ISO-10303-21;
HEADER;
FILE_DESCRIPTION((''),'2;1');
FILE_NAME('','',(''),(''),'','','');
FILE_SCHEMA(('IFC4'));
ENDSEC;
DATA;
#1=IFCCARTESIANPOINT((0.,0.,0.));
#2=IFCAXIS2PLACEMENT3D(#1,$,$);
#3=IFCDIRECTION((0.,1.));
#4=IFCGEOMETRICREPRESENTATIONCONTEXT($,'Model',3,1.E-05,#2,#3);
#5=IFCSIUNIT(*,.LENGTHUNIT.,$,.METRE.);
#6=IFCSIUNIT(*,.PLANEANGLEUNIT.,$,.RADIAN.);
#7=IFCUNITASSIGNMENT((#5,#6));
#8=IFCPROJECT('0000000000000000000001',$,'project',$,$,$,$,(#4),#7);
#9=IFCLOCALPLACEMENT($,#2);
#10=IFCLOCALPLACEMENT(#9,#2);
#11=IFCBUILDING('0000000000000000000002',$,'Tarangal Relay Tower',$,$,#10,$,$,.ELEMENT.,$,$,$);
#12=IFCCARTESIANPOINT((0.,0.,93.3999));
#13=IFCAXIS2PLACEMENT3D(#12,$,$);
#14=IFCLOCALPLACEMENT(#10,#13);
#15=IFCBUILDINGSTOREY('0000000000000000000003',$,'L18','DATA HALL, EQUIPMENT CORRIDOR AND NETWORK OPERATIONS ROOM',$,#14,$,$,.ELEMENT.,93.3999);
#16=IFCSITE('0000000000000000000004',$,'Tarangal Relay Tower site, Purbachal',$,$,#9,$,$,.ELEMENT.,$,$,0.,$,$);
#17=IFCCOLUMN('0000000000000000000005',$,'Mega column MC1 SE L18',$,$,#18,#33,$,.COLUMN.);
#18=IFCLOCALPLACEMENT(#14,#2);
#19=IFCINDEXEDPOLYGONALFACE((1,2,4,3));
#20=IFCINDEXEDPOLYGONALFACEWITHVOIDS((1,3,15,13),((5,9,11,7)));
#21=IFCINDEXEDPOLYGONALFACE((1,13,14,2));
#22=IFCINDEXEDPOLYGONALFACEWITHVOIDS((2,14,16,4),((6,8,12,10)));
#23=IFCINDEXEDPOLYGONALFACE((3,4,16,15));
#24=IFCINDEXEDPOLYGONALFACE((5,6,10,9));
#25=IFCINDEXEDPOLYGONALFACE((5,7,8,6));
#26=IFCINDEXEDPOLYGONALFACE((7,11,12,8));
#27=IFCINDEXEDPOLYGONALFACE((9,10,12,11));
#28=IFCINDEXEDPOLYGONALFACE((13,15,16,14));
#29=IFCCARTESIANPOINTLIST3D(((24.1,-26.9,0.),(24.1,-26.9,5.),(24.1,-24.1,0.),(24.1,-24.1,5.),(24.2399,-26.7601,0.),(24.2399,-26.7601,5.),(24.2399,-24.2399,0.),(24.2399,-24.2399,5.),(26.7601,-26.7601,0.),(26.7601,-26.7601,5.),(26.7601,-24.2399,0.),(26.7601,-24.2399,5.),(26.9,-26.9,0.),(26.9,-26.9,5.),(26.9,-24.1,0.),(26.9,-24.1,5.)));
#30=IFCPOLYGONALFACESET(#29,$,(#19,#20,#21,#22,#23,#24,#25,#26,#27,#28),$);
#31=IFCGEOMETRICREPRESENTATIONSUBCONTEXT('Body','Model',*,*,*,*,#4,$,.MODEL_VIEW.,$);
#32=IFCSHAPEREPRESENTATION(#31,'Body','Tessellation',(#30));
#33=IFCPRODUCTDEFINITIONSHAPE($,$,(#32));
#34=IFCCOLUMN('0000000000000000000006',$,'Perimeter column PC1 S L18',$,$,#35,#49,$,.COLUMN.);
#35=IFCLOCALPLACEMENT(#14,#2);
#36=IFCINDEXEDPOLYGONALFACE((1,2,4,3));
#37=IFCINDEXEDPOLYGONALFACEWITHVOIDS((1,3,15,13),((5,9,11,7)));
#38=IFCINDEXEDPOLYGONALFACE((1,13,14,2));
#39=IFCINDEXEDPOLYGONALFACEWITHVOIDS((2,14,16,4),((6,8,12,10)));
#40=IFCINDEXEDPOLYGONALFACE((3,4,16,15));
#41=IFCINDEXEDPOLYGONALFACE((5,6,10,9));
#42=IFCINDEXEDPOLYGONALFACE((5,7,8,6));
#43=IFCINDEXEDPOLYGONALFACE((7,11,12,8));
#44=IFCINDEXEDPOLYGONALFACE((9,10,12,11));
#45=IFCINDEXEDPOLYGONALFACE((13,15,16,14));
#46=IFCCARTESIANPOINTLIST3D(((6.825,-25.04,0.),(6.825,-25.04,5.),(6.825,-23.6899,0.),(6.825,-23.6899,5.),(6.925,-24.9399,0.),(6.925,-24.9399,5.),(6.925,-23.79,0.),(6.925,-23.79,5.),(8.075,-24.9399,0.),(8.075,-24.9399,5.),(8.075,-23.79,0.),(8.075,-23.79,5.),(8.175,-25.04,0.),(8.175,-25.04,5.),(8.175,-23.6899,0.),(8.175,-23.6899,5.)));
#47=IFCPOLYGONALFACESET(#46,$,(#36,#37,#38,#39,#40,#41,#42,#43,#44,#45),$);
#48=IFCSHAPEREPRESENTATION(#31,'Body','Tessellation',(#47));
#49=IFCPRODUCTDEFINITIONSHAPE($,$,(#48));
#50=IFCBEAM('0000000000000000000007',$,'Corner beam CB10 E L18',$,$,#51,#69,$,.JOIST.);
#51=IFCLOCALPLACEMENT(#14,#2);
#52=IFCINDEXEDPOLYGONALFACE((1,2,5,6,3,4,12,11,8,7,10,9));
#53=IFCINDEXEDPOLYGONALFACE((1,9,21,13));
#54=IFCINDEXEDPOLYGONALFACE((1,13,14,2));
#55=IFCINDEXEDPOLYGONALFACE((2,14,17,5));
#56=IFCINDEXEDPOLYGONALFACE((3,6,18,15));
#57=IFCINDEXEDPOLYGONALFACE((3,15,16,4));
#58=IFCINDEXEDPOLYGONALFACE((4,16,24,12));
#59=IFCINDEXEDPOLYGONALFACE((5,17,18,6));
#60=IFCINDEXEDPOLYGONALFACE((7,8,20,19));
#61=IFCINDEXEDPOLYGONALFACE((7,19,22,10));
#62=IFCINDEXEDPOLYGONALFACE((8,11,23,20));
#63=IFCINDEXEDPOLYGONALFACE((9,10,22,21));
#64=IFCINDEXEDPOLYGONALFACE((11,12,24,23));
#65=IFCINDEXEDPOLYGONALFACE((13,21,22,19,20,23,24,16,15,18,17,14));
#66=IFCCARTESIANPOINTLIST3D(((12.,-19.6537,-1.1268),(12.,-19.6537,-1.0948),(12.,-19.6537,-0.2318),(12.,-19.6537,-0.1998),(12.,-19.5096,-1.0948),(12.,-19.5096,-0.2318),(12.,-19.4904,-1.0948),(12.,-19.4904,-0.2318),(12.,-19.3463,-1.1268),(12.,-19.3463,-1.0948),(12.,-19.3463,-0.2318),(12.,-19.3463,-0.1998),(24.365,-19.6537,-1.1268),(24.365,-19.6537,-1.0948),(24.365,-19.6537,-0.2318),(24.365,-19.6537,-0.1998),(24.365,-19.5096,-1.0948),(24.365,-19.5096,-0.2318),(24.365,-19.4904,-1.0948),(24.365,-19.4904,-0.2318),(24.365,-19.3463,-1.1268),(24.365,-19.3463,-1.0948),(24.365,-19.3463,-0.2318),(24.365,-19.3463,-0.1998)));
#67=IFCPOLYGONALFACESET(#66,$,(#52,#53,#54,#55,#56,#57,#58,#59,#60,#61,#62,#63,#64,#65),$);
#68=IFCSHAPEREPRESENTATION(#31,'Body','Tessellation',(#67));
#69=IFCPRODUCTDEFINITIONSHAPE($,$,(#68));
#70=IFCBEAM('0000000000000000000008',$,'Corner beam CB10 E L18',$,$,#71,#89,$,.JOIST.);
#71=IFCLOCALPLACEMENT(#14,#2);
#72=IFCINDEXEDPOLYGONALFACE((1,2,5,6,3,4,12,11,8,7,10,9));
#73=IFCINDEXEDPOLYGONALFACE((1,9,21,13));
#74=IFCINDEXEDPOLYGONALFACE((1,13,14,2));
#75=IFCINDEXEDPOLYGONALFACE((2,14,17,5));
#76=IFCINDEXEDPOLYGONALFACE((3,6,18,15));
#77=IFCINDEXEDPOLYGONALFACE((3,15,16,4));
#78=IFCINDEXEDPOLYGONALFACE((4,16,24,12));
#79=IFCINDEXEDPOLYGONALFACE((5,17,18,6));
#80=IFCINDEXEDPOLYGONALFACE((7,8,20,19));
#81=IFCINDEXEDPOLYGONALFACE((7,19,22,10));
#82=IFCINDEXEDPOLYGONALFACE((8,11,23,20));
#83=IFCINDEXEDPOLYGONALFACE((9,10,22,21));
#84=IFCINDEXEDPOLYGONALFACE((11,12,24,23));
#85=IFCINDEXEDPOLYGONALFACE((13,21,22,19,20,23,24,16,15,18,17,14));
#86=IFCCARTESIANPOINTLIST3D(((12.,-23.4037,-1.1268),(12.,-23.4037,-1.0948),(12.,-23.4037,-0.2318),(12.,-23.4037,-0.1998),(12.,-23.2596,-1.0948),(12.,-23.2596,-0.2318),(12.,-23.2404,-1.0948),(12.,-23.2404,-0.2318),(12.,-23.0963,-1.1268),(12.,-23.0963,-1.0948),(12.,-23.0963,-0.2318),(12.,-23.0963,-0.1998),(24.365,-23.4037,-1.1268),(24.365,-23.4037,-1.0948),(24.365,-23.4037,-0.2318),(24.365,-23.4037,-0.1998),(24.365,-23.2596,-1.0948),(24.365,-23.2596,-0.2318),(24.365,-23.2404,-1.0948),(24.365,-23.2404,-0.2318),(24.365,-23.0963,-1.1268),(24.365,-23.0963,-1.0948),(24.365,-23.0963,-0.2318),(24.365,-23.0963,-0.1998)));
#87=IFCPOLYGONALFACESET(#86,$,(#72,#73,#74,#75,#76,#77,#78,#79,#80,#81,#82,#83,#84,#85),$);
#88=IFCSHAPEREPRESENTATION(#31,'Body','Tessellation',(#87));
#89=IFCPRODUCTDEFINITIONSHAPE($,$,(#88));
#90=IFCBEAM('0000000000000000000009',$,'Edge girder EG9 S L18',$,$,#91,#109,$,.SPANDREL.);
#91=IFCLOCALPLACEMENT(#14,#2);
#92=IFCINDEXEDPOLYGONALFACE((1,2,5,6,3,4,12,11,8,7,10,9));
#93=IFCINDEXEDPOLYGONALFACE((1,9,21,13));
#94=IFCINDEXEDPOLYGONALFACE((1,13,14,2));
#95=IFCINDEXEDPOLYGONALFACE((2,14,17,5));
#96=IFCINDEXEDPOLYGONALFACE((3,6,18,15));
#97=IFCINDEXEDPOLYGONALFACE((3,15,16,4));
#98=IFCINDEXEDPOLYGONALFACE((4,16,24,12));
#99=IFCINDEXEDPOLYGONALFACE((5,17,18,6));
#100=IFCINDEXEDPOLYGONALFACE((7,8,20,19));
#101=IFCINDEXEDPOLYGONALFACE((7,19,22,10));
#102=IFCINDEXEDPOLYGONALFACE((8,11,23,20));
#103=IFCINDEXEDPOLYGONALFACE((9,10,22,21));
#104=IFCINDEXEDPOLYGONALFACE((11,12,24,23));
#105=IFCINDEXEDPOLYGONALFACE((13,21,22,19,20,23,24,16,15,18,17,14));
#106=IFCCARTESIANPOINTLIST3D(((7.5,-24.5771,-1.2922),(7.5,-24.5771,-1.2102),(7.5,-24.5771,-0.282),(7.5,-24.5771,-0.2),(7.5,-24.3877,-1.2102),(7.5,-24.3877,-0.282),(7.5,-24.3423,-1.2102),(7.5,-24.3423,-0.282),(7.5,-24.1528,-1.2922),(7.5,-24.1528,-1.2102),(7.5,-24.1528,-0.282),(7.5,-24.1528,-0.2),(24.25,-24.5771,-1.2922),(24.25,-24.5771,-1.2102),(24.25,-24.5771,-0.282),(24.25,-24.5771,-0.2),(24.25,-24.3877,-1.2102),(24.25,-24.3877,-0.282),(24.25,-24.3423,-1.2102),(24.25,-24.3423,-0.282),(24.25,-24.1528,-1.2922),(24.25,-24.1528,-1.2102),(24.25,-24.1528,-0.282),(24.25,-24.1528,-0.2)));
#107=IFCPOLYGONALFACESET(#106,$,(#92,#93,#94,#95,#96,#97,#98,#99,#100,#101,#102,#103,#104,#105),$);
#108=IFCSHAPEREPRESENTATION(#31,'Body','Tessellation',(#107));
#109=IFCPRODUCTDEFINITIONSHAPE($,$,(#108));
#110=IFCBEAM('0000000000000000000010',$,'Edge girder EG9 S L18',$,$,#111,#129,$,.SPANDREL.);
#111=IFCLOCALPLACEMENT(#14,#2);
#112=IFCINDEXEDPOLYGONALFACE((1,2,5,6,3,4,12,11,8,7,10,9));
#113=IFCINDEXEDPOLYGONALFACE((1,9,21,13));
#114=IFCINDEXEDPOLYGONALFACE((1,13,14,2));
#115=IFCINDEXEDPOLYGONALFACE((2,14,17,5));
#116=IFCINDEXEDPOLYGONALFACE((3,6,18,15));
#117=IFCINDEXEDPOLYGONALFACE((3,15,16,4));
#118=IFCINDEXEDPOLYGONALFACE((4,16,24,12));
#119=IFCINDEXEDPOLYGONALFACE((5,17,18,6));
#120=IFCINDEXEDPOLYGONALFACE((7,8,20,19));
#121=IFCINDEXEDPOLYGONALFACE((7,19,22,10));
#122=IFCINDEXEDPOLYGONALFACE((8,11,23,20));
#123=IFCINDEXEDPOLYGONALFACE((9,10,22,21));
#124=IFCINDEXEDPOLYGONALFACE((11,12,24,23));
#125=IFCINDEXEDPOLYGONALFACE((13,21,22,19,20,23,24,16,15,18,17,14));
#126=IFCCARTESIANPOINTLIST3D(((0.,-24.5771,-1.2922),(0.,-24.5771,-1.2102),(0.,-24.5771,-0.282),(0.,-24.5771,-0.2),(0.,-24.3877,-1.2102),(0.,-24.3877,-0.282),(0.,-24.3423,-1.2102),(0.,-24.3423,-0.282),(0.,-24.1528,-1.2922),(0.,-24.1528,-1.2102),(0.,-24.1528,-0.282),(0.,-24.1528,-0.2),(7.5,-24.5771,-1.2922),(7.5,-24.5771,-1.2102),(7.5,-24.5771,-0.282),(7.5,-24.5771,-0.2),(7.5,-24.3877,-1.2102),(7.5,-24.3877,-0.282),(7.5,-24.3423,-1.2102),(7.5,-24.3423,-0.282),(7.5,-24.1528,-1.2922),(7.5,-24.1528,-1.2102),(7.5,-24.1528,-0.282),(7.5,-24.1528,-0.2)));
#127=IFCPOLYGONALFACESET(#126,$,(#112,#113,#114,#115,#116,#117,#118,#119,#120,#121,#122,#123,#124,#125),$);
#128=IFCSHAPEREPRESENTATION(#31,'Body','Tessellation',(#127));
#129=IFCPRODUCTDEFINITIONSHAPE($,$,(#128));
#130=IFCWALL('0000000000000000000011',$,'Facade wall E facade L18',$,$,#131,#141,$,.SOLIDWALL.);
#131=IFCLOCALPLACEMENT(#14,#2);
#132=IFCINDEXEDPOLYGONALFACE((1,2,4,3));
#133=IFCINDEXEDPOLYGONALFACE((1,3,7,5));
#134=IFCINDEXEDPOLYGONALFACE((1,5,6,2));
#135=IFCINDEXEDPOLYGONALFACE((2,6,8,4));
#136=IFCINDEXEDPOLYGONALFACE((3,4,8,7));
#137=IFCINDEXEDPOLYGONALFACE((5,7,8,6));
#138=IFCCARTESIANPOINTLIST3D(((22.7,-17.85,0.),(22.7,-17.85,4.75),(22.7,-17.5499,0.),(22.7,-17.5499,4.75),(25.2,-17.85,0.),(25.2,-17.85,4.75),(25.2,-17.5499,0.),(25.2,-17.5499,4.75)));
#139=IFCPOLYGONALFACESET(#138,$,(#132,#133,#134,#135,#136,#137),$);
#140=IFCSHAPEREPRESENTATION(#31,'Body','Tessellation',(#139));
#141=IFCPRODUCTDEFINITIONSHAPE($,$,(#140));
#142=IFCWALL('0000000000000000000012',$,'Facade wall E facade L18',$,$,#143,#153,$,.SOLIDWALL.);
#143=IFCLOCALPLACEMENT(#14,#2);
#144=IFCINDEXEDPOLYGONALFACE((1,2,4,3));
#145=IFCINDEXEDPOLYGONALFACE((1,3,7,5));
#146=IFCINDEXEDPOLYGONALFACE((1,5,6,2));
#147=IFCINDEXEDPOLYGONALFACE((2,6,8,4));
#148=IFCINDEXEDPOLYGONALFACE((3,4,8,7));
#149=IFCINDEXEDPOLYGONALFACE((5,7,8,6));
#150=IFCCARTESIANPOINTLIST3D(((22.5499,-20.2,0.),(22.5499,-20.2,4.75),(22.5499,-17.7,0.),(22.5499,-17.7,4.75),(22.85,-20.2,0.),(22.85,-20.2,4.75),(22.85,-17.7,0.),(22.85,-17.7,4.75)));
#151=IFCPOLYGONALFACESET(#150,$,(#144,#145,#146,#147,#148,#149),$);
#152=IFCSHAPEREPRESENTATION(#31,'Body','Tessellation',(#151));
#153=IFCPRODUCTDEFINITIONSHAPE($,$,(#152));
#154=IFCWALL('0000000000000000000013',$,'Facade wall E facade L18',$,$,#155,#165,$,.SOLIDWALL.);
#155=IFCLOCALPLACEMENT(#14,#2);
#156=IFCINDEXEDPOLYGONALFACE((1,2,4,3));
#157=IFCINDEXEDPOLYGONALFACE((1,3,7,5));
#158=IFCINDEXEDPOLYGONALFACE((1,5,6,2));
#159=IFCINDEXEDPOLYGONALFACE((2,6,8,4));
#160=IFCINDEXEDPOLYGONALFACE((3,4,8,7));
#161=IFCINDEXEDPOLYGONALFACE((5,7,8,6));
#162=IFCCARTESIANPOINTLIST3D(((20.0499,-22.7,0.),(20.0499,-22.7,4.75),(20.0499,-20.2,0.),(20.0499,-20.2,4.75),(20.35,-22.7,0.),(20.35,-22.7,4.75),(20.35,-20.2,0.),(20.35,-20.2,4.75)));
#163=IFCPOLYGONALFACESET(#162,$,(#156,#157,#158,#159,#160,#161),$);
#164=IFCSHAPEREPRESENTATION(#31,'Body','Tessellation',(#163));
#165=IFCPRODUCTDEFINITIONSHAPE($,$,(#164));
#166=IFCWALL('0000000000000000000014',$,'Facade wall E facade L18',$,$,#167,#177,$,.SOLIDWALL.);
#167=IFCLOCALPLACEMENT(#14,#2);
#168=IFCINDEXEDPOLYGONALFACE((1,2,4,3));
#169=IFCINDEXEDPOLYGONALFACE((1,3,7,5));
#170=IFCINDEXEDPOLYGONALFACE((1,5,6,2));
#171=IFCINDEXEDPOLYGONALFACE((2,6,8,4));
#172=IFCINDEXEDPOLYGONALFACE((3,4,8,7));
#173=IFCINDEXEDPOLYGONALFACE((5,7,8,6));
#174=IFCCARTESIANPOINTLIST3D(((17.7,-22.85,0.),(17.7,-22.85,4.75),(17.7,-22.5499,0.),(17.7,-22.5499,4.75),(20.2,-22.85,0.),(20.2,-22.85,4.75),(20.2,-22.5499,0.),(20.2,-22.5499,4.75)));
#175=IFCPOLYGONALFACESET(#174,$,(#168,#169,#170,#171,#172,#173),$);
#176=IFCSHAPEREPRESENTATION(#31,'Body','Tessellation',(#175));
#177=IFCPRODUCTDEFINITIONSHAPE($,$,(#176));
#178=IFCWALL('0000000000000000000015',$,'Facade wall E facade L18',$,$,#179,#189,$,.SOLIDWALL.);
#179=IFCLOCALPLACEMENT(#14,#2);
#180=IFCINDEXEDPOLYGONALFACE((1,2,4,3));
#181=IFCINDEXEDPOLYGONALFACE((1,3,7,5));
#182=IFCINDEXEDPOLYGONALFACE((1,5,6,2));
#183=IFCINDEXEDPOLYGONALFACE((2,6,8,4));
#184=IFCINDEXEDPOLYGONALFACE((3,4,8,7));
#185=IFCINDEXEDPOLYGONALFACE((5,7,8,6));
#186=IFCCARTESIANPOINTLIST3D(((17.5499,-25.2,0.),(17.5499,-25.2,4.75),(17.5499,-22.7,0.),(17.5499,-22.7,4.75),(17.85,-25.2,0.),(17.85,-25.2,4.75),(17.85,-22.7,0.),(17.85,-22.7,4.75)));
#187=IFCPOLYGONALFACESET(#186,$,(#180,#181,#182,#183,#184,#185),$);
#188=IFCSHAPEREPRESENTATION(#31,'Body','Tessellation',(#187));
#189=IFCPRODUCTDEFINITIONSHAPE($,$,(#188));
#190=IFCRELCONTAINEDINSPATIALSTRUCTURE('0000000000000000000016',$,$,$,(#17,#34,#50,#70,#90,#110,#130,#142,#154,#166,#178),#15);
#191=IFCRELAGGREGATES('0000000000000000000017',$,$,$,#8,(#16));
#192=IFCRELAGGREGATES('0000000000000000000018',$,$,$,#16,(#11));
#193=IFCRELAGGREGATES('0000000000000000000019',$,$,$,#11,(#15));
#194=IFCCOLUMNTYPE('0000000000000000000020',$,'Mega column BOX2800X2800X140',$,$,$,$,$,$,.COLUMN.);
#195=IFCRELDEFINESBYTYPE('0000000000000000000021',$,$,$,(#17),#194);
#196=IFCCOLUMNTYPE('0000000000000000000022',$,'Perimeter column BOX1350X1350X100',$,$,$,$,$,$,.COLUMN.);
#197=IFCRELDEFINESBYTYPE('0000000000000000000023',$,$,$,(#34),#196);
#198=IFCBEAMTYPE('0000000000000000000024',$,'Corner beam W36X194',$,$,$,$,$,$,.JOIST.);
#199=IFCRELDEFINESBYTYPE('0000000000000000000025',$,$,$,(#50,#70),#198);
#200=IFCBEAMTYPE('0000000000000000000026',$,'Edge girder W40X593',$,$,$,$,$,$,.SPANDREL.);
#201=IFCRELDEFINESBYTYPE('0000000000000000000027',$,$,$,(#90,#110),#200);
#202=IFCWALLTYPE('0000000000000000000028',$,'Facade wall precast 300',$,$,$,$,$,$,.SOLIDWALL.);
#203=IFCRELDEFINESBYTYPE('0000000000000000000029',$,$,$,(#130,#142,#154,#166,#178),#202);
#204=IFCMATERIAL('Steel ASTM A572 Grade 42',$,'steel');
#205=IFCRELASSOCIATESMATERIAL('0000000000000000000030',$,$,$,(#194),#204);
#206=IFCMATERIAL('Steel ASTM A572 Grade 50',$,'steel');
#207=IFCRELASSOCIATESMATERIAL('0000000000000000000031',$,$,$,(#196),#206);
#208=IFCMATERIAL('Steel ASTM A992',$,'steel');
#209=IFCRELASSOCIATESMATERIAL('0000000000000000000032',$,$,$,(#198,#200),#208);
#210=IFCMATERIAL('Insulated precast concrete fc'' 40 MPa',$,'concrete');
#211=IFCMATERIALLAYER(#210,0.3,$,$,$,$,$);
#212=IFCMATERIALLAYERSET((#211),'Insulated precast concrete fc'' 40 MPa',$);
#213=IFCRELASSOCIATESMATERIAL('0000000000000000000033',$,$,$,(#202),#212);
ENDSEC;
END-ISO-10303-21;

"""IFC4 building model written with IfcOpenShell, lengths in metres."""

from ifc_helpers import new_model, si_unit, direction, frame, frame_2d, origin, origin_2d, place, context, subcontext, project, spatial, rectangle, hollow_rectangle, i_section, extrude, material, layer, layer_set, material_profile, profile_set, type_object, element, save


model = new_model("IFC4")

# Units and contexts
model_context = context("Model", 3, precision=1e-05, world=origin(), true_north=direction((0.0, 1.0)))
body_context = subcontext(model_context, "Body", "Model", "MODEL_VIEW")
ifc_project = project(units=[si_unit("LENGTHUNIT", "METRE"), si_unit("PLANEANGLEUNIT", "RADIAN")], contexts=[model_context])

# Site, building, storey
site_placement = place(None, origin())
site = spatial("IfcSite", under=ifc_project, at=site_placement, Name="Tarangal Relay Tower site, Purbachal", CompositionType="ELEMENT", RefElevation=0.0)
building_placement = place(site_placement, origin())
building = spatial("IfcBuilding", under=site, at=building_placement, Name="Tarangal Relay Tower", CompositionType="ELEMENT")
storey_placement = place(building_placement, frame((0.0, 0.0, 93.3999)))
storey = spatial("IfcBuildingStorey", under=building, at=storey_placement, Name="L18", Description="DATA HALL, EQUIPMENT CORRIDOR AND NETWORK OPERATIONS ROOM", CompositionType="ELEMENT", Elevation=93.3999)

# Columns
ifc_material_1 = material(Name="Steel ASTM A572 Grade 42", Category="steel")
ifc_material_profile_1 = material_profile(ifc_material_1, hollow_rectangle(XDim=2.8, YDim=2.8, WallThickness=0.1399, at=origin_2d()), Name="BOX2800X2800X140")
ifc_profile_set_1 = profile_set([ifc_material_profile_1], Name="Steel ASTM A572 Grade 42")
column_type_1 = type_object("IfcColumnType", Name="Mega column BOX2800X2800X140", PredefinedType="COLUMN", material=ifc_profile_set_1)
column_1_placement = place(storey_placement, frame((25.5, -25.5, 0.0), z_axis=(0.0, 0.0, 1.0), x_axis=(1.0, 0.0, 0.0)))
element("IfcColumn", 1, at=column_1_placement, inside=storey, type_object=column_type_1, Name="Mega column MC1 SE L18", PredefinedType="COLUMN", context=body_context, shape_type="SweptSolid", body=[
    extrude(hollow_rectangle(XDim=2.8, YDim=2.8, WallThickness=0.1399, at=origin_2d()), origin(), (0.0, 0.0, 1.0), 5.0),
])
ifc_material_2 = material(Name="Steel ASTM A572 Grade 50", Category="steel")
ifc_material_profile_2 = material_profile(ifc_material_2, hollow_rectangle(XDim=1.3501, YDim=1.3501, WallThickness=0.1001, at=origin_2d()), Name="BOX1350X1350X100")
ifc_profile_set_2 = profile_set([ifc_material_profile_2], Name="Steel ASTM A572 Grade 50")
column_type_2 = type_object("IfcColumnType", Name="Perimeter column BOX1350X1350X100", PredefinedType="COLUMN", material=ifc_profile_set_2)
column_2_placement = place(storey_placement, frame((7.5, -24.365, 0.0), z_axis=(0.0, 0.0, 1.0), x_axis=(1.0, 0.0, 0.0)))
element("IfcColumn", 2, at=column_2_placement, inside=storey, type_object=column_type_2, Name="Perimeter column PC1 S L18", PredefinedType="COLUMN", context=body_context, shape_type="SweptSolid", body=[
    extrude(hollow_rectangle(XDim=1.3501, YDim=1.3501, WallThickness=0.1001, at=origin_2d()), origin(), (0.0, 0.0, 1.0), 5.0),
])

# Beams
ifc_material_3 = material(Name="Steel ASTM A992", Category="steel")
ifc_material_profile_3 = material_profile(ifc_material_3, i_section(OverallWidth=0.3074, OverallDepth=0.927, WebThickness=0.0193, FlangeThickness=0.032, at=origin_2d()), Name="W36X194")
ifc_profile_set_3 = profile_set([ifc_material_profile_3], Name="Steel ASTM A992")
beam_type_1 = type_object("IfcBeamType", Name="Corner beam W36X194", PredefinedType="JOIST", material=ifc_profile_set_3)
for number, where, z_axis, x_axis, name in (
    (3, (12.0, -19.5, -0.6633), (1.0, 0.0, 0.0), (0.0, 1.0, 0.0), "Corner beam CB10 E L18"),
    (4, (12.0, -23.25, -0.6633), (1.0, 0.0, 0.0), (0.0, 1.0, 0.0), "Corner beam CB10 E L18"),
):
    element("IfcBeam", number, at=place(storey_placement, frame(where, z_axis=z_axis, x_axis=x_axis)), inside=storey, type_object=beam_type_1, Name=name, PredefinedType="JOIST", context=body_context, shape_type="SweptSolid", body=[
        extrude(i_section(OverallWidth=0.3074, OverallDepth=0.927, WebThickness=0.0193, FlangeThickness=0.032, at=origin_2d()), origin(), (0.0, 0.0, 1.0), 12.365),
    ])
ifc_material_profile_4 = material_profile(ifc_material_3, i_section(OverallWidth=0.4243, OverallDepth=1.0923, WebThickness=0.0454, FlangeThickness=0.082, at=origin_2d()), Name="W40X593")
ifc_profile_set_4 = profile_set([ifc_material_profile_4], Name="Steel ASTM A992")
beam_type_2 = type_object("IfcBeamType", Name="Edge girder W40X593", PredefinedType="SPANDREL", material=ifc_profile_set_4)
beam_1_placement = place(storey_placement, frame((24.25, -24.365, -0.7461), z_axis=(-1.0, 0.0, 0.0), x_axis=(0.0, -1.0, 0.0)))
element("IfcBeam", 5, at=beam_1_placement, inside=storey, type_object=beam_type_2, Name="Edge girder EG9 S L18", PredefinedType="SPANDREL", context=body_context, shape_type="SweptSolid", body=[
    extrude(i_section(OverallWidth=0.4243, OverallDepth=1.0923, WebThickness=0.0454, FlangeThickness=0.082, at=origin_2d()), origin(), (0.0, 0.0, 1.0), 16.75),
])
beam_2_placement = place(storey_placement, frame((7.5, -24.365, -0.7461), z_axis=(-1.0, 0.0, 0.0), x_axis=(0.0, -1.0, 0.0)))
element("IfcBeam", 6, at=beam_2_placement, inside=storey, type_object=beam_type_2, Name="Edge girder EG9 S L18", PredefinedType="SPANDREL", context=body_context, shape_type="SweptSolid", body=[
    extrude(i_section(OverallWidth=0.4243, OverallDepth=1.0923, WebThickness=0.0454, FlangeThickness=0.082, at=origin_2d()), origin(), (0.0, 0.0, 1.0), 7.5),
])

# Walls
ifc_material_4 = material(Name="Insulated precast concrete fc' 40 MPa", Category="concrete")
ifc_layer_1 = layer(ifc_material_4, 0.3)
ifc_layer_set_1 = layer_set([ifc_layer_1], Name="Insulated precast concrete fc' 40 MPa")
wall_type_1 = type_object("IfcWallType", Name="Facade wall precast 300", PredefinedType="SOLIDWALL", material=ifc_layer_set_1)
for number, where, z_axis, x_axis, name in (
    (7, (25.2, -17.7, 0.0), (0.0, 0.0, 1.0), (-1.0, 0.0, 0.0), "Facade wall E facade L18"),
    (8, (22.7, -17.7, 0.0), (0.0, 0.0, 1.0), (0.0, -1.0, 0.0), "Facade wall E facade L18"),
):
    element("IfcWall", number, at=place(storey_placement, frame(where, z_axis=z_axis, x_axis=x_axis)), inside=storey, type_object=wall_type_1, Name=name, PredefinedType="SOLIDWALL", context=body_context, shape_type="SweptSolid", body=[
        extrude(rectangle(XDim=2.5, YDim=0.3, at=frame_2d((1.25, 0.0))), origin(), (0.0, 0.0, 1.0), 4.75),
    ])

# Walls
for number, where, z_axis, x_axis, name in (
    (9, (20.2, -20.2, 0.0), (0.0, 0.0, 1.0), (0.0, -1.0, 0.0), "Facade wall E facade L18"),
    (10, (20.2, -22.7, 0.0), (0.0, 0.0, 1.0), (-1.0, 0.0, 0.0), "Facade wall E facade L18"),
    (11, (17.7, -22.7, 0.0), (0.0, 0.0, 1.0), (0.0, -1.0, 0.0), "Facade wall E facade L18"),
):
    element("IfcWall", number, at=place(storey_placement, frame(where, z_axis=z_axis, x_axis=x_axis)), inside=storey, type_object=wall_type_1, Name=name, PredefinedType="SOLIDWALL", context=body_context, shape_type="SweptSolid", body=[
        extrude(rectangle(XDim=2.5, YDim=0.3, at=frame_2d((1.25, 0.0))), origin(), (0.0, 0.0, 1.0), 4.75),
    ])

save(model, "model.ifc")
